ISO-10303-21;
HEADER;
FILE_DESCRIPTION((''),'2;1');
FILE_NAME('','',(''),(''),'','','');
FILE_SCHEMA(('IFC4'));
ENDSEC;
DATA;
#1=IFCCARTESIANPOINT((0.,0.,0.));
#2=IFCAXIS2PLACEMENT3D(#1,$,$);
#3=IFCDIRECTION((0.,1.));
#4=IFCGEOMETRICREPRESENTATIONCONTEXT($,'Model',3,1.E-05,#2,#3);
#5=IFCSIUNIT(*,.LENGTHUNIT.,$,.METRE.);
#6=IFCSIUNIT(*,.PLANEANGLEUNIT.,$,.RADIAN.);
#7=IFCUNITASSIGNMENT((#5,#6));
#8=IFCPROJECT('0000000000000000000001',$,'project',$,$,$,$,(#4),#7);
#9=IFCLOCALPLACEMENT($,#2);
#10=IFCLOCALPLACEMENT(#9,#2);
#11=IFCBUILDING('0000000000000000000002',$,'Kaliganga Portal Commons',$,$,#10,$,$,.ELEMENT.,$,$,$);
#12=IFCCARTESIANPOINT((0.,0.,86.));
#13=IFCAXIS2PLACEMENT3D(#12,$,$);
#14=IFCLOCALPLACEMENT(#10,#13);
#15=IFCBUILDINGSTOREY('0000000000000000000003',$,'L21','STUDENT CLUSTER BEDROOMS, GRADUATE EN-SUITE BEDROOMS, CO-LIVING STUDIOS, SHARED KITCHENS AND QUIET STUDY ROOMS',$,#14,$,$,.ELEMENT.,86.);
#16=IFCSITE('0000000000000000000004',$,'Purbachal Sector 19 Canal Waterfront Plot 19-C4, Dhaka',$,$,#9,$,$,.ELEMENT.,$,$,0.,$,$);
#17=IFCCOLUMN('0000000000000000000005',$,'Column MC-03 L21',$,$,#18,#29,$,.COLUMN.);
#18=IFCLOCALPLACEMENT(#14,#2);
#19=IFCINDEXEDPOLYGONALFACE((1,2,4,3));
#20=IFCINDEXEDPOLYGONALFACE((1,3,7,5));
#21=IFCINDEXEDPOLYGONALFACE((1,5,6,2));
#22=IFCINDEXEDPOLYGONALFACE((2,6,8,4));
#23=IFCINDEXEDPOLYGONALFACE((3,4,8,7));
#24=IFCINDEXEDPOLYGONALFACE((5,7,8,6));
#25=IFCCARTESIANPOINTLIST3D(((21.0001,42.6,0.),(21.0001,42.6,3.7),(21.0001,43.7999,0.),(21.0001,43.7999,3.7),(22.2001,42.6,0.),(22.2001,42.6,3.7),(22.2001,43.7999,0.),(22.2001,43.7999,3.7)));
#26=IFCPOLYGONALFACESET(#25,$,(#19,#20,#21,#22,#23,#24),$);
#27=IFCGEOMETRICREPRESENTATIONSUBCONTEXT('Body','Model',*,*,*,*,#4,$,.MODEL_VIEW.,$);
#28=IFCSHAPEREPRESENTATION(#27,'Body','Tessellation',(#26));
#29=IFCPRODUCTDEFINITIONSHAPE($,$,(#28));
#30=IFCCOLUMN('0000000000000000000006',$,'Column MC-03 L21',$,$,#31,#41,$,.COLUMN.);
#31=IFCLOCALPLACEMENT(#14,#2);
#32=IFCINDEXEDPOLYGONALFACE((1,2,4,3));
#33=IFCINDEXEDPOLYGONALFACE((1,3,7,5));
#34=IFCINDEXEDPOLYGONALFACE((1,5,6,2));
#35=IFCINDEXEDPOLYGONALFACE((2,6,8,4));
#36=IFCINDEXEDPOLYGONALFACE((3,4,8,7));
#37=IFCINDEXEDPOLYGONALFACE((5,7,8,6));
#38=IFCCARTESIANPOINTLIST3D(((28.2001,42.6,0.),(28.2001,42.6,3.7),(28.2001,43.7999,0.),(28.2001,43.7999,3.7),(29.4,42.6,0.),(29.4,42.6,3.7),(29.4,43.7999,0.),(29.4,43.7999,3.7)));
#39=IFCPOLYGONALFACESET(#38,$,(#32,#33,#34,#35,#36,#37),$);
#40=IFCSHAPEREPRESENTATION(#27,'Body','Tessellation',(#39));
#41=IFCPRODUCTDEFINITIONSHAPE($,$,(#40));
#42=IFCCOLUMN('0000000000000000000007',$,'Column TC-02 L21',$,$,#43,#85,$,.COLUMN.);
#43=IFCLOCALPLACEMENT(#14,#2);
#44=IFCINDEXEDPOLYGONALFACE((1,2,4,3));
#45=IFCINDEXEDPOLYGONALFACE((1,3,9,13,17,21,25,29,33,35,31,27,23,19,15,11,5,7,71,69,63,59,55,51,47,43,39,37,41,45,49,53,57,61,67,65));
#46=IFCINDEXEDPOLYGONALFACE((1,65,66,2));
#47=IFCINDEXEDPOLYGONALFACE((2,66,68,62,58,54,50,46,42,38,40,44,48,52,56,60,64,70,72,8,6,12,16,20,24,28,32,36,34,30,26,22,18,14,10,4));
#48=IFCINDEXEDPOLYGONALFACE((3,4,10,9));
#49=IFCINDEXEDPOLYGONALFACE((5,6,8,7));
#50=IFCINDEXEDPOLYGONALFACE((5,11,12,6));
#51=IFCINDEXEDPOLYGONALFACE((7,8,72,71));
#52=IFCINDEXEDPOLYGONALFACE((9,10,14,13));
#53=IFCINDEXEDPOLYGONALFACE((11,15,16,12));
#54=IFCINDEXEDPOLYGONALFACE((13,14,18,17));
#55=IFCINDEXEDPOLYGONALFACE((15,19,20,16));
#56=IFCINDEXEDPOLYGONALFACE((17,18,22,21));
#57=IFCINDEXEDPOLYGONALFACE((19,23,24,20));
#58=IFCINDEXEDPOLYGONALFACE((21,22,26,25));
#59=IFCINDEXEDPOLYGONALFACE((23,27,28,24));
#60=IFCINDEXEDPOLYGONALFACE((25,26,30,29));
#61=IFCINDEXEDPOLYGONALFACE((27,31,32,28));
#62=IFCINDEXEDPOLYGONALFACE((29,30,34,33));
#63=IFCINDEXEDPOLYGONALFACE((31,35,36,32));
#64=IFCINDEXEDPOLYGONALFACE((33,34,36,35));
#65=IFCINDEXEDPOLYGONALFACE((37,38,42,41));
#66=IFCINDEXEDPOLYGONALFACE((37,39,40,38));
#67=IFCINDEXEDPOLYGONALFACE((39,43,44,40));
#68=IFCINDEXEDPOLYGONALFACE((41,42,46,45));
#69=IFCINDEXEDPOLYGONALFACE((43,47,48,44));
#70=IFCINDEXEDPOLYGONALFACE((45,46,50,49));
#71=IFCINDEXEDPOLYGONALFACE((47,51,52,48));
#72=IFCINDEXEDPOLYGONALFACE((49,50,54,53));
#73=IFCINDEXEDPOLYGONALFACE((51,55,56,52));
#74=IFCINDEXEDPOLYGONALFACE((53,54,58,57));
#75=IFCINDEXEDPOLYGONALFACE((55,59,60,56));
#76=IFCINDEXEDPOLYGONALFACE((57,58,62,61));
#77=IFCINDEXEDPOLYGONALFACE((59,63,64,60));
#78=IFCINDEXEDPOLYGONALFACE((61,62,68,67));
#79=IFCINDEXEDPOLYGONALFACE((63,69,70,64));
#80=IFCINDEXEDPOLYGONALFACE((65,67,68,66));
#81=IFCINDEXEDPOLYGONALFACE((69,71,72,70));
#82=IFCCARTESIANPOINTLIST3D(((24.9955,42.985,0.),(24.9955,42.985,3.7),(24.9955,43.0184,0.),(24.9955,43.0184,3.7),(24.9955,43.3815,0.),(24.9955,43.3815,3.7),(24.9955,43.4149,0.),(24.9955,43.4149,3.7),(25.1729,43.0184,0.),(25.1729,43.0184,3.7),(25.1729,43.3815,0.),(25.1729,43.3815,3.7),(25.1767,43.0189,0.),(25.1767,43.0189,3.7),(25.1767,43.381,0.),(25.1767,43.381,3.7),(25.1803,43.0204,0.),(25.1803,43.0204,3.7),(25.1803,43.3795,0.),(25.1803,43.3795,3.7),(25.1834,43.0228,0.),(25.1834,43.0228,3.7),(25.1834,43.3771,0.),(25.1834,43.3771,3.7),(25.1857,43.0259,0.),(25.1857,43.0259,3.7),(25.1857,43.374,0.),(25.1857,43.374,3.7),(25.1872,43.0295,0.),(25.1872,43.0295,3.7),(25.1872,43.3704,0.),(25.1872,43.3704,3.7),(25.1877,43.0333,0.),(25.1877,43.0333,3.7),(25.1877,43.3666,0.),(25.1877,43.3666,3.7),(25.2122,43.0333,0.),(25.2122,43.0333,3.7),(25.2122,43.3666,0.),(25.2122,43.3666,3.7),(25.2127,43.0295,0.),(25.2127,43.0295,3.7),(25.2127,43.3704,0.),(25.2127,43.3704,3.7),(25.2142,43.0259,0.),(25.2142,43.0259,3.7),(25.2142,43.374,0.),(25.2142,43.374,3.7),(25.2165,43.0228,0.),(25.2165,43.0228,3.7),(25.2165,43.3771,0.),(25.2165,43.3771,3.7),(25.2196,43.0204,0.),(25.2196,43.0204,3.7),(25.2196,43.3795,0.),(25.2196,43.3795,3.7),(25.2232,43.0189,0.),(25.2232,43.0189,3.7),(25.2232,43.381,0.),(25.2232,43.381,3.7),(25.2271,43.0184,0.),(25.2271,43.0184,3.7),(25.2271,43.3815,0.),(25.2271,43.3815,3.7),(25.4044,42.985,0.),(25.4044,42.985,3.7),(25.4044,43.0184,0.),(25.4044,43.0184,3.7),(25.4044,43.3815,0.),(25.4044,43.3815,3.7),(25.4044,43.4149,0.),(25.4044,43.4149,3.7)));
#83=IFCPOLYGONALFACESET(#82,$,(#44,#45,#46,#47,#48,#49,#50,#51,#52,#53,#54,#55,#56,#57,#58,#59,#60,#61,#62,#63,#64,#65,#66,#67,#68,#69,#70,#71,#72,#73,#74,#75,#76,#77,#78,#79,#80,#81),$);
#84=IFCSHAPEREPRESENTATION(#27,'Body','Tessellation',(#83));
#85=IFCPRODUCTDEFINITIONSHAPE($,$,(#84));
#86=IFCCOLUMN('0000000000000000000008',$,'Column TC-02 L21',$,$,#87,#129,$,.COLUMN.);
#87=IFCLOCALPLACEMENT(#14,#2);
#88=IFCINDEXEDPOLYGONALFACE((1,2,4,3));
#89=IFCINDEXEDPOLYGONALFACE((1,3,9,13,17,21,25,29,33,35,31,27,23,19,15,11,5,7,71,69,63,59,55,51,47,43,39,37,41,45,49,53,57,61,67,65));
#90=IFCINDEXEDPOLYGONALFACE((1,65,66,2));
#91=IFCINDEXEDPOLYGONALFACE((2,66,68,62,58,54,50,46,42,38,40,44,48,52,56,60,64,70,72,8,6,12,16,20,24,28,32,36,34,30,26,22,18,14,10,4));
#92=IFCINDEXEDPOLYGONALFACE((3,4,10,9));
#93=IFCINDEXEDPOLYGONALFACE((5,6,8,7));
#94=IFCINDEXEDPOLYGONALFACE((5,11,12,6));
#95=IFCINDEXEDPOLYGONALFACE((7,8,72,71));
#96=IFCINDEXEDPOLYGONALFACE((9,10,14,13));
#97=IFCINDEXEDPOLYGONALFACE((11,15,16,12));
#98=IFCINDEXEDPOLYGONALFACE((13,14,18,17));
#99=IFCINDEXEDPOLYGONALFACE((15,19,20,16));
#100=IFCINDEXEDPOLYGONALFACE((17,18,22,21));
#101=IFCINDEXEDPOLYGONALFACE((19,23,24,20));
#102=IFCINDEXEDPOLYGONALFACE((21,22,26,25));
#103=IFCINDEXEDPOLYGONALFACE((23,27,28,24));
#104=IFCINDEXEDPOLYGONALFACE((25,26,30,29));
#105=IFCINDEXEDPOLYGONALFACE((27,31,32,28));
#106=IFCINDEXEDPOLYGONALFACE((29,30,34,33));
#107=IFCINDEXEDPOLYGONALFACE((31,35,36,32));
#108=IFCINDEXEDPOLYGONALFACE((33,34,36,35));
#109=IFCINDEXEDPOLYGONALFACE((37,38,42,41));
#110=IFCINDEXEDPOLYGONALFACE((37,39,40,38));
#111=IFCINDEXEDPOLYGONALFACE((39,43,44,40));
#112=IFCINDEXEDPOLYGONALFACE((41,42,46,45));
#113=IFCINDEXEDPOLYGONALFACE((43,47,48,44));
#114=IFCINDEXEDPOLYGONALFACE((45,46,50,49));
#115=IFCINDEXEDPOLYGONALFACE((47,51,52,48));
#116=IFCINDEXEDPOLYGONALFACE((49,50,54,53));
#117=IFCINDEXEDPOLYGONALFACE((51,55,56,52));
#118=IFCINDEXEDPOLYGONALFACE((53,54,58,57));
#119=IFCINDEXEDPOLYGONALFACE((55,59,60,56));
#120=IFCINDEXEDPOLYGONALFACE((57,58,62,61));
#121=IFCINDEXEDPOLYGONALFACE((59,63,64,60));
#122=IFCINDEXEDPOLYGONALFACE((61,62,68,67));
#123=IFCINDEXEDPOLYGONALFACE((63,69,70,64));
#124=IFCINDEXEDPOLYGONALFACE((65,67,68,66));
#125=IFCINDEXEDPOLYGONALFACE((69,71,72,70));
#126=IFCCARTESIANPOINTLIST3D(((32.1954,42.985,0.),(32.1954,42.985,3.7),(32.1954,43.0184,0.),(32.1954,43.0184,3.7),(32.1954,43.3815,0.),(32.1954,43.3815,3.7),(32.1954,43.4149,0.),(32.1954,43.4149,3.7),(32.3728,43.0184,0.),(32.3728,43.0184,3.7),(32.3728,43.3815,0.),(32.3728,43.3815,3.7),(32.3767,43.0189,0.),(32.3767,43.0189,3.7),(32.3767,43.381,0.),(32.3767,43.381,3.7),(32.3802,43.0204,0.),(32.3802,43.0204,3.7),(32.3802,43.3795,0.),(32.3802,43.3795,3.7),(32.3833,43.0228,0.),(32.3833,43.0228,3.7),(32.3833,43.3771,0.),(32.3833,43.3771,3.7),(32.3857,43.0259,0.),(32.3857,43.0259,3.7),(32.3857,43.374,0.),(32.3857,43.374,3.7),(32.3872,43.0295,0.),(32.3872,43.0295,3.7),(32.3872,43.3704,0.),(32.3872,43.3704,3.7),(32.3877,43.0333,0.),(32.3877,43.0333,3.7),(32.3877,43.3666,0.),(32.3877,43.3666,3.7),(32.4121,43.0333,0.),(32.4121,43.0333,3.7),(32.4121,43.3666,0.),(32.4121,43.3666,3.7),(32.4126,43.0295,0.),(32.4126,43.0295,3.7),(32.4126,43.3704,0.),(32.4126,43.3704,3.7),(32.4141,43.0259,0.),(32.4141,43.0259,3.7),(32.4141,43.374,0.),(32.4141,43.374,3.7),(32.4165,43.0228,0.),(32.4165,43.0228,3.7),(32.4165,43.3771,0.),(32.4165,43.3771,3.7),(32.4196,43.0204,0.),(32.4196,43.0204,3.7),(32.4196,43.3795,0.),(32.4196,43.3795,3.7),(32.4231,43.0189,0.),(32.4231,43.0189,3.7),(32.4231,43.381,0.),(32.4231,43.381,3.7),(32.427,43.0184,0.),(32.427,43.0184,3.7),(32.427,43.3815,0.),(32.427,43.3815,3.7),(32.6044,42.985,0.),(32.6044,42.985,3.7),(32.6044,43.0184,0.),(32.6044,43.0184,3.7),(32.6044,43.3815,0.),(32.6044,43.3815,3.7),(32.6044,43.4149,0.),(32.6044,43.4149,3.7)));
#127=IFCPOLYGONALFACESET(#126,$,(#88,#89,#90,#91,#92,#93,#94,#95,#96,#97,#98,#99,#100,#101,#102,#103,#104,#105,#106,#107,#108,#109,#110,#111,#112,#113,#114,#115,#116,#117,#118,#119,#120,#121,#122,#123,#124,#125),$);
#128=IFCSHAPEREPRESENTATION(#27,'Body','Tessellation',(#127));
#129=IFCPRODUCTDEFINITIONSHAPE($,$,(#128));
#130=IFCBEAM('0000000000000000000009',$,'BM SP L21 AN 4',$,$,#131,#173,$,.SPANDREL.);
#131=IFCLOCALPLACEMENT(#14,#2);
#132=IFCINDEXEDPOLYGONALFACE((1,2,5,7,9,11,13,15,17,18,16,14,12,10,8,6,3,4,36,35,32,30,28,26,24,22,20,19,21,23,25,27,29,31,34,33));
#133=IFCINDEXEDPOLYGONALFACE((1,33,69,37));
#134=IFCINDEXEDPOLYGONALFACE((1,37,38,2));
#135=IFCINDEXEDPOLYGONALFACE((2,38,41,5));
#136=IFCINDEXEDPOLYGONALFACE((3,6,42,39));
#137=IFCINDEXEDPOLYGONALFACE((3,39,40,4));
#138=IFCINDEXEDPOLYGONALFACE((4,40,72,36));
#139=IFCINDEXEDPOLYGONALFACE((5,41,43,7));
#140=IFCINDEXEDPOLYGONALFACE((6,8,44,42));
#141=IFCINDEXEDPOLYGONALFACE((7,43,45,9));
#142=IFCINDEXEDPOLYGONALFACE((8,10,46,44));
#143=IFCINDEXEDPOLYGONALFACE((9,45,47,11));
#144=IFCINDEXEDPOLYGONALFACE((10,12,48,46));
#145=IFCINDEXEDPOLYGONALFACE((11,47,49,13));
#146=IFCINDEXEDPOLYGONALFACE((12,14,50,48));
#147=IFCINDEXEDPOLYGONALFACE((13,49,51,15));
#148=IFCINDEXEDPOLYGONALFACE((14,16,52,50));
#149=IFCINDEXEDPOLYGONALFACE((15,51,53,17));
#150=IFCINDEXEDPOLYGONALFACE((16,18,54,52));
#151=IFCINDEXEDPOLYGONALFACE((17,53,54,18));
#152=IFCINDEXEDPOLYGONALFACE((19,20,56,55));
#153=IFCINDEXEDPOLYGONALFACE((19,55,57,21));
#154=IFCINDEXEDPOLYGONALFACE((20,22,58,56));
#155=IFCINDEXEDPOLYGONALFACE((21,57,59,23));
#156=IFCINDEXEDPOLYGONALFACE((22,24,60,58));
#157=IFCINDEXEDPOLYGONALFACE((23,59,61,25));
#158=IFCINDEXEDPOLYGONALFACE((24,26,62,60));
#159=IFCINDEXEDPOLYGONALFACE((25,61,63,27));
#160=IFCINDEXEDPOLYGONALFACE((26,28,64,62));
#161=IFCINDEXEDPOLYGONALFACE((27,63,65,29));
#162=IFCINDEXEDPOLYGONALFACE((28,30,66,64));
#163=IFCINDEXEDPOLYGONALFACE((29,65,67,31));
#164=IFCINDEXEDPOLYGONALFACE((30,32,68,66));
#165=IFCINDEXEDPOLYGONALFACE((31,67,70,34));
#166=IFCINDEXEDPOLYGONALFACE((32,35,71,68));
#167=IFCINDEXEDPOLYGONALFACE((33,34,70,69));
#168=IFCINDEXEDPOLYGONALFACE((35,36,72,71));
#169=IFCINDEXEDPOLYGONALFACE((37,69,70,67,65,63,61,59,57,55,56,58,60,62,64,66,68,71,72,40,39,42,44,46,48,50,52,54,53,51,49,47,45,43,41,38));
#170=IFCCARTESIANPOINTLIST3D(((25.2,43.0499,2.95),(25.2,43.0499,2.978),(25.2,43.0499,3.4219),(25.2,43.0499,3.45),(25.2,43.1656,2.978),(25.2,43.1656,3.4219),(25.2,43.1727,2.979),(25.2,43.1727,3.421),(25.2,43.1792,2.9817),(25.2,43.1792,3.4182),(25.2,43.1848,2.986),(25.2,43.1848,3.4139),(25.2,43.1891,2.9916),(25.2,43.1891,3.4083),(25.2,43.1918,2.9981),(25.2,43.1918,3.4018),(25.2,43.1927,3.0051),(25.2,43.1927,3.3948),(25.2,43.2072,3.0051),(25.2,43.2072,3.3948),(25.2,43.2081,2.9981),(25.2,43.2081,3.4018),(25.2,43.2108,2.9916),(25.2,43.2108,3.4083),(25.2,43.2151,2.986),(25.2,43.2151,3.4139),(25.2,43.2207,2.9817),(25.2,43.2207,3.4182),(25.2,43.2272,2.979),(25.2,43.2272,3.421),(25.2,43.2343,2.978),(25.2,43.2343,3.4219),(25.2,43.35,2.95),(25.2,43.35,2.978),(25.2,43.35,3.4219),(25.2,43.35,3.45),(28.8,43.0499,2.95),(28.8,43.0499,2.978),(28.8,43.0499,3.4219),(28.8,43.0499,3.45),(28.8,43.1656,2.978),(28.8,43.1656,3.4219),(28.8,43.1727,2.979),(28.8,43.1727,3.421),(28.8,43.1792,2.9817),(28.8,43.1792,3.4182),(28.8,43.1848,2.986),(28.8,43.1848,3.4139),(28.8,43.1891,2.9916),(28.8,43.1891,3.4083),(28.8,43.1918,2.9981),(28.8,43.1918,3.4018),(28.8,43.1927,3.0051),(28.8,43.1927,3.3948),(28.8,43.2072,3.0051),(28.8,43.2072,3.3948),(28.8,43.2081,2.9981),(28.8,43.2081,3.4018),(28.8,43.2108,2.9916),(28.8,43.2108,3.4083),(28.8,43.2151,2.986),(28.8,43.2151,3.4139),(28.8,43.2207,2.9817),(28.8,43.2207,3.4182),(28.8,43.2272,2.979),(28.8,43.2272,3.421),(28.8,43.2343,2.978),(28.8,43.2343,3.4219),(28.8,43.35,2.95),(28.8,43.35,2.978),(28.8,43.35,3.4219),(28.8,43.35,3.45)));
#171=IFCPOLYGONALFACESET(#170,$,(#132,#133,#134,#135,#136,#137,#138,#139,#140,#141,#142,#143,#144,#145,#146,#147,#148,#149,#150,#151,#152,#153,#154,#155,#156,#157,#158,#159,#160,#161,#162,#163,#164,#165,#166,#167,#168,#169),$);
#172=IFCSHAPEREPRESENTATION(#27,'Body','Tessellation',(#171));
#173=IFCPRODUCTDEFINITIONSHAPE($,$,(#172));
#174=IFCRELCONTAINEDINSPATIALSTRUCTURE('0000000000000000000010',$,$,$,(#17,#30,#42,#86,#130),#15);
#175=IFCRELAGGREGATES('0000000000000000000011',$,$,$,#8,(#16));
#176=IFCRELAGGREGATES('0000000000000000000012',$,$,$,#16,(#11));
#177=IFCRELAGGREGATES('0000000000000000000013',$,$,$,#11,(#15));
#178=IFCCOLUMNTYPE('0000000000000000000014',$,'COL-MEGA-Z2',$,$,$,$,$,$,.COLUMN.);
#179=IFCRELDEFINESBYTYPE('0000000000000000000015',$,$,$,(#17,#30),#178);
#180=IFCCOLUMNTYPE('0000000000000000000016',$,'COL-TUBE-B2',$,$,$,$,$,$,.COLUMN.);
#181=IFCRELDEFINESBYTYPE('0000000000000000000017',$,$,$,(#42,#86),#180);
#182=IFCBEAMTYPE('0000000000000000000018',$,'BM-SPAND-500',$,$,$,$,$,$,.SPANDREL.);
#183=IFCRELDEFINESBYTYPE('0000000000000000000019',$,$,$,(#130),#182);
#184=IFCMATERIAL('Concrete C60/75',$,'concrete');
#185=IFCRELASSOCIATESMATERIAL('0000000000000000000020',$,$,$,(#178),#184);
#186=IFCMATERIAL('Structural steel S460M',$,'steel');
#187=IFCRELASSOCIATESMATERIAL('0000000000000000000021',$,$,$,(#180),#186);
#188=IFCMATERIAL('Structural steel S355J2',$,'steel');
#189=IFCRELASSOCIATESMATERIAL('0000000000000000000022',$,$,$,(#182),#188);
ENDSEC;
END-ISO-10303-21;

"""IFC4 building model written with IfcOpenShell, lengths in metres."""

from ifc_helpers import new_model, si_unit, direction, frame, origin, origin_2d, place, context, subcontext, project, spatial, rectangle, i_section, extrude, source, transform, mapped, material, material_profile, profile_set, type_object, element, save


model = new_model("IFC4")

# Units and contexts
model_context = context("Model", 3, precision=1e-05, world=origin(), true_north=direction((0.0, 1.0)))
body_context = subcontext(model_context, "Body", "Model", "MODEL_VIEW")
ifc_project = project(units=[si_unit("LENGTHUNIT", "METRE"), si_unit("PLANEANGLEUNIT", "RADIAN")], contexts=[model_context])

# Site, building, storey
site_placement = place(None, origin())
site = spatial("IfcSite", under=ifc_project, at=site_placement, Name="Purbachal Sector 19 Canal Waterfront Plot 19-C4, Dhaka", CompositionType="ELEMENT", RefElevation=0.0)
building_placement = place(site_placement, origin())
building = spatial("IfcBuilding", under=site, at=building_placement, Name="Kaliganga Portal Commons", CompositionType="ELEMENT")
storey_placement = place(building_placement, frame((0.0, 0.0, 86.0)))
storey = spatial("IfcBuildingStorey", under=building, at=storey_placement, Name="L21", Description="STUDENT CLUSTER BEDROOMS, GRADUATE EN-SUITE BEDROOMS, CO-LIVING STUDIOS, SHARED KITCHENS AND QUIET STUDY ROOMS", CompositionType="ELEMENT", Elevation=86.0)

# Columns
ifc_material_1 = material(Name="Concrete C60/75", Category="concrete")
ifc_material_profile_1 = material_profile(ifc_material_1, rectangle(XDim=1.2, YDim=1.2, at=origin_2d()), Name="RC 1200x1200")
ifc_profile_set_1 = profile_set([ifc_material_profile_1], Name="Concrete C60/75")
column_type_1 = type_object("IfcColumnType", Name="COL-MEGA-Z2", PredefinedType="COLUMN", material=ifc_profile_set_1)
shared_shape_1 = source(origin(), body_context, "Body", "SweptSolid", [
    extrude(rectangle(XDim=1.2, YDim=1.2, at=origin_2d()), origin(), (0.0, 0.0, 1.0), 3.7),
])
for number, where, z_axis, x_axis, name in (
    (1, (21.6001, 43.2, 0.0), (0.0, 0.0, 1.0), (1.0, 0.0, 0.0), "Column MC-03 L21"),
    (2, (28.8, 43.2, 0.0), (0.0, 0.0, 1.0), (1.0, 0.0, 0.0), "Column MC-03 L21"),
):
    element("IfcColumn", number, at=place(storey_placement, frame(where, z_axis=z_axis, x_axis=x_axis)), inside=storey, type_object=column_type_1, Name=name, PredefinedType="COLUMN", context=body_context, shape_type="MappedRepresentation", body=[
        mapped(shared_shape_1, transform((0.0, 0.0, 0.0), x_axis=(1.0, 0.0, 0.0), y_axis=(0.0, 1.0, 0.0), z_axis=(0.0, 0.0, 1.0), scale=1.0)),
    ])
ifc_material_2 = material(Name="Structural steel S460M", Category="steel")
ifc_material_profile_2 = material_profile(ifc_material_2, i_section(OverallWidth=0.4089, OverallDepth=0.4299, WebThickness=0.0244, FlangeThickness=0.0334, FilletRadius=0.0149, at=origin_2d()), Name="HD 400x421")
ifc_profile_set_2 = profile_set([ifc_material_profile_2], Name="Structural steel S460M wide-flange")
column_type_2 = type_object("IfcColumnType", Name="COL-TUBE-B2", PredefinedType="COLUMN", material=ifc_profile_set_2)
shared_shape_2 = source(origin(), body_context, "Body", "SweptSolid", [
    extrude(i_section(OverallWidth=0.4089, OverallDepth=0.4299, WebThickness=0.0244, FlangeThickness=0.0334, FilletRadius=0.0149, at=origin_2d()), origin(), (0.0, 0.0, 1.0), 3.7),
])
for number, where, z_axis, x_axis, name in (
    (3, (25.2, 43.2, 0.0), (0.0, 0.0, 1.0), (1.0, 0.0, 0.0), "Column TC-02 L21"),
    (4, (32.3999, 43.2, 0.0), (0.0, 0.0, 1.0), (1.0, 0.0, 0.0), "Column TC-02 L21"),
):
    element("IfcColumn", number, at=place(storey_placement, frame(where, z_axis=z_axis, x_axis=x_axis)), inside=storey, type_object=column_type_2, Name=name, PredefinedType="COLUMN", context=body_context, shape_type="MappedRepresentation", body=[
        mapped(shared_shape_2, transform((0.0, 0.0, 0.0), x_axis=(1.0, 0.0, 0.0), y_axis=(0.0, 1.0, 0.0), z_axis=(0.0, 0.0, 1.0), scale=1.0)),
    ])

# Beam
ifc_material_3 = material(Name="Structural steel S355J2", Category="steel")
ifc_material_profile_3 = material_profile(ifc_material_3, i_section(OverallWidth=0.3, OverallDepth=0.5, WebThickness=0.0144, FlangeThickness=0.0281, FilletRadius=0.0271, at=origin_2d()), Name="HE 500 B")
ifc_profile_set_3 = profile_set([ifc_material_profile_3], Name="Structural steel S355J2 wide-flange")
beam_type_1 = type_object("IfcBeamType", Name="BM-SPAND-500", PredefinedType="SPANDREL", material=ifc_profile_set_3)
shared_shape_3 = source(origin(), body_context, "Body", "SweptSolid", [
    extrude(i_section(OverallWidth=0.3, OverallDepth=0.5, WebThickness=0.0144, FlangeThickness=0.0281, FilletRadius=0.0271, at=origin_2d()), origin(), (0.0, 0.0, 1.0), 3.6001),
])
for number, where, z_axis, x_axis, name in (
    (5, (25.2, 43.2, 3.2), (1.0, 0.0, 0.0), (0.0, 1.0, 0.0), "BM SP L21 AN 4"),
):
    element("IfcBeam", number, at=place(storey_placement, frame(where, z_axis=z_axis, x_axis=x_axis)), inside=storey, type_object=beam_type_1, Name=name, PredefinedType="SPANDREL", context=body_context, shape_type="MappedRepresentation", body=[
        mapped(shared_shape_3, transform((0.0, 0.0, 0.0), x_axis=(1.0, 0.0, 0.0), y_axis=(0.0, 1.0, 0.0), z_axis=(0.0, 0.0, 1.0), scale=1.0)),
    ])

save(model, "model.ifc")
